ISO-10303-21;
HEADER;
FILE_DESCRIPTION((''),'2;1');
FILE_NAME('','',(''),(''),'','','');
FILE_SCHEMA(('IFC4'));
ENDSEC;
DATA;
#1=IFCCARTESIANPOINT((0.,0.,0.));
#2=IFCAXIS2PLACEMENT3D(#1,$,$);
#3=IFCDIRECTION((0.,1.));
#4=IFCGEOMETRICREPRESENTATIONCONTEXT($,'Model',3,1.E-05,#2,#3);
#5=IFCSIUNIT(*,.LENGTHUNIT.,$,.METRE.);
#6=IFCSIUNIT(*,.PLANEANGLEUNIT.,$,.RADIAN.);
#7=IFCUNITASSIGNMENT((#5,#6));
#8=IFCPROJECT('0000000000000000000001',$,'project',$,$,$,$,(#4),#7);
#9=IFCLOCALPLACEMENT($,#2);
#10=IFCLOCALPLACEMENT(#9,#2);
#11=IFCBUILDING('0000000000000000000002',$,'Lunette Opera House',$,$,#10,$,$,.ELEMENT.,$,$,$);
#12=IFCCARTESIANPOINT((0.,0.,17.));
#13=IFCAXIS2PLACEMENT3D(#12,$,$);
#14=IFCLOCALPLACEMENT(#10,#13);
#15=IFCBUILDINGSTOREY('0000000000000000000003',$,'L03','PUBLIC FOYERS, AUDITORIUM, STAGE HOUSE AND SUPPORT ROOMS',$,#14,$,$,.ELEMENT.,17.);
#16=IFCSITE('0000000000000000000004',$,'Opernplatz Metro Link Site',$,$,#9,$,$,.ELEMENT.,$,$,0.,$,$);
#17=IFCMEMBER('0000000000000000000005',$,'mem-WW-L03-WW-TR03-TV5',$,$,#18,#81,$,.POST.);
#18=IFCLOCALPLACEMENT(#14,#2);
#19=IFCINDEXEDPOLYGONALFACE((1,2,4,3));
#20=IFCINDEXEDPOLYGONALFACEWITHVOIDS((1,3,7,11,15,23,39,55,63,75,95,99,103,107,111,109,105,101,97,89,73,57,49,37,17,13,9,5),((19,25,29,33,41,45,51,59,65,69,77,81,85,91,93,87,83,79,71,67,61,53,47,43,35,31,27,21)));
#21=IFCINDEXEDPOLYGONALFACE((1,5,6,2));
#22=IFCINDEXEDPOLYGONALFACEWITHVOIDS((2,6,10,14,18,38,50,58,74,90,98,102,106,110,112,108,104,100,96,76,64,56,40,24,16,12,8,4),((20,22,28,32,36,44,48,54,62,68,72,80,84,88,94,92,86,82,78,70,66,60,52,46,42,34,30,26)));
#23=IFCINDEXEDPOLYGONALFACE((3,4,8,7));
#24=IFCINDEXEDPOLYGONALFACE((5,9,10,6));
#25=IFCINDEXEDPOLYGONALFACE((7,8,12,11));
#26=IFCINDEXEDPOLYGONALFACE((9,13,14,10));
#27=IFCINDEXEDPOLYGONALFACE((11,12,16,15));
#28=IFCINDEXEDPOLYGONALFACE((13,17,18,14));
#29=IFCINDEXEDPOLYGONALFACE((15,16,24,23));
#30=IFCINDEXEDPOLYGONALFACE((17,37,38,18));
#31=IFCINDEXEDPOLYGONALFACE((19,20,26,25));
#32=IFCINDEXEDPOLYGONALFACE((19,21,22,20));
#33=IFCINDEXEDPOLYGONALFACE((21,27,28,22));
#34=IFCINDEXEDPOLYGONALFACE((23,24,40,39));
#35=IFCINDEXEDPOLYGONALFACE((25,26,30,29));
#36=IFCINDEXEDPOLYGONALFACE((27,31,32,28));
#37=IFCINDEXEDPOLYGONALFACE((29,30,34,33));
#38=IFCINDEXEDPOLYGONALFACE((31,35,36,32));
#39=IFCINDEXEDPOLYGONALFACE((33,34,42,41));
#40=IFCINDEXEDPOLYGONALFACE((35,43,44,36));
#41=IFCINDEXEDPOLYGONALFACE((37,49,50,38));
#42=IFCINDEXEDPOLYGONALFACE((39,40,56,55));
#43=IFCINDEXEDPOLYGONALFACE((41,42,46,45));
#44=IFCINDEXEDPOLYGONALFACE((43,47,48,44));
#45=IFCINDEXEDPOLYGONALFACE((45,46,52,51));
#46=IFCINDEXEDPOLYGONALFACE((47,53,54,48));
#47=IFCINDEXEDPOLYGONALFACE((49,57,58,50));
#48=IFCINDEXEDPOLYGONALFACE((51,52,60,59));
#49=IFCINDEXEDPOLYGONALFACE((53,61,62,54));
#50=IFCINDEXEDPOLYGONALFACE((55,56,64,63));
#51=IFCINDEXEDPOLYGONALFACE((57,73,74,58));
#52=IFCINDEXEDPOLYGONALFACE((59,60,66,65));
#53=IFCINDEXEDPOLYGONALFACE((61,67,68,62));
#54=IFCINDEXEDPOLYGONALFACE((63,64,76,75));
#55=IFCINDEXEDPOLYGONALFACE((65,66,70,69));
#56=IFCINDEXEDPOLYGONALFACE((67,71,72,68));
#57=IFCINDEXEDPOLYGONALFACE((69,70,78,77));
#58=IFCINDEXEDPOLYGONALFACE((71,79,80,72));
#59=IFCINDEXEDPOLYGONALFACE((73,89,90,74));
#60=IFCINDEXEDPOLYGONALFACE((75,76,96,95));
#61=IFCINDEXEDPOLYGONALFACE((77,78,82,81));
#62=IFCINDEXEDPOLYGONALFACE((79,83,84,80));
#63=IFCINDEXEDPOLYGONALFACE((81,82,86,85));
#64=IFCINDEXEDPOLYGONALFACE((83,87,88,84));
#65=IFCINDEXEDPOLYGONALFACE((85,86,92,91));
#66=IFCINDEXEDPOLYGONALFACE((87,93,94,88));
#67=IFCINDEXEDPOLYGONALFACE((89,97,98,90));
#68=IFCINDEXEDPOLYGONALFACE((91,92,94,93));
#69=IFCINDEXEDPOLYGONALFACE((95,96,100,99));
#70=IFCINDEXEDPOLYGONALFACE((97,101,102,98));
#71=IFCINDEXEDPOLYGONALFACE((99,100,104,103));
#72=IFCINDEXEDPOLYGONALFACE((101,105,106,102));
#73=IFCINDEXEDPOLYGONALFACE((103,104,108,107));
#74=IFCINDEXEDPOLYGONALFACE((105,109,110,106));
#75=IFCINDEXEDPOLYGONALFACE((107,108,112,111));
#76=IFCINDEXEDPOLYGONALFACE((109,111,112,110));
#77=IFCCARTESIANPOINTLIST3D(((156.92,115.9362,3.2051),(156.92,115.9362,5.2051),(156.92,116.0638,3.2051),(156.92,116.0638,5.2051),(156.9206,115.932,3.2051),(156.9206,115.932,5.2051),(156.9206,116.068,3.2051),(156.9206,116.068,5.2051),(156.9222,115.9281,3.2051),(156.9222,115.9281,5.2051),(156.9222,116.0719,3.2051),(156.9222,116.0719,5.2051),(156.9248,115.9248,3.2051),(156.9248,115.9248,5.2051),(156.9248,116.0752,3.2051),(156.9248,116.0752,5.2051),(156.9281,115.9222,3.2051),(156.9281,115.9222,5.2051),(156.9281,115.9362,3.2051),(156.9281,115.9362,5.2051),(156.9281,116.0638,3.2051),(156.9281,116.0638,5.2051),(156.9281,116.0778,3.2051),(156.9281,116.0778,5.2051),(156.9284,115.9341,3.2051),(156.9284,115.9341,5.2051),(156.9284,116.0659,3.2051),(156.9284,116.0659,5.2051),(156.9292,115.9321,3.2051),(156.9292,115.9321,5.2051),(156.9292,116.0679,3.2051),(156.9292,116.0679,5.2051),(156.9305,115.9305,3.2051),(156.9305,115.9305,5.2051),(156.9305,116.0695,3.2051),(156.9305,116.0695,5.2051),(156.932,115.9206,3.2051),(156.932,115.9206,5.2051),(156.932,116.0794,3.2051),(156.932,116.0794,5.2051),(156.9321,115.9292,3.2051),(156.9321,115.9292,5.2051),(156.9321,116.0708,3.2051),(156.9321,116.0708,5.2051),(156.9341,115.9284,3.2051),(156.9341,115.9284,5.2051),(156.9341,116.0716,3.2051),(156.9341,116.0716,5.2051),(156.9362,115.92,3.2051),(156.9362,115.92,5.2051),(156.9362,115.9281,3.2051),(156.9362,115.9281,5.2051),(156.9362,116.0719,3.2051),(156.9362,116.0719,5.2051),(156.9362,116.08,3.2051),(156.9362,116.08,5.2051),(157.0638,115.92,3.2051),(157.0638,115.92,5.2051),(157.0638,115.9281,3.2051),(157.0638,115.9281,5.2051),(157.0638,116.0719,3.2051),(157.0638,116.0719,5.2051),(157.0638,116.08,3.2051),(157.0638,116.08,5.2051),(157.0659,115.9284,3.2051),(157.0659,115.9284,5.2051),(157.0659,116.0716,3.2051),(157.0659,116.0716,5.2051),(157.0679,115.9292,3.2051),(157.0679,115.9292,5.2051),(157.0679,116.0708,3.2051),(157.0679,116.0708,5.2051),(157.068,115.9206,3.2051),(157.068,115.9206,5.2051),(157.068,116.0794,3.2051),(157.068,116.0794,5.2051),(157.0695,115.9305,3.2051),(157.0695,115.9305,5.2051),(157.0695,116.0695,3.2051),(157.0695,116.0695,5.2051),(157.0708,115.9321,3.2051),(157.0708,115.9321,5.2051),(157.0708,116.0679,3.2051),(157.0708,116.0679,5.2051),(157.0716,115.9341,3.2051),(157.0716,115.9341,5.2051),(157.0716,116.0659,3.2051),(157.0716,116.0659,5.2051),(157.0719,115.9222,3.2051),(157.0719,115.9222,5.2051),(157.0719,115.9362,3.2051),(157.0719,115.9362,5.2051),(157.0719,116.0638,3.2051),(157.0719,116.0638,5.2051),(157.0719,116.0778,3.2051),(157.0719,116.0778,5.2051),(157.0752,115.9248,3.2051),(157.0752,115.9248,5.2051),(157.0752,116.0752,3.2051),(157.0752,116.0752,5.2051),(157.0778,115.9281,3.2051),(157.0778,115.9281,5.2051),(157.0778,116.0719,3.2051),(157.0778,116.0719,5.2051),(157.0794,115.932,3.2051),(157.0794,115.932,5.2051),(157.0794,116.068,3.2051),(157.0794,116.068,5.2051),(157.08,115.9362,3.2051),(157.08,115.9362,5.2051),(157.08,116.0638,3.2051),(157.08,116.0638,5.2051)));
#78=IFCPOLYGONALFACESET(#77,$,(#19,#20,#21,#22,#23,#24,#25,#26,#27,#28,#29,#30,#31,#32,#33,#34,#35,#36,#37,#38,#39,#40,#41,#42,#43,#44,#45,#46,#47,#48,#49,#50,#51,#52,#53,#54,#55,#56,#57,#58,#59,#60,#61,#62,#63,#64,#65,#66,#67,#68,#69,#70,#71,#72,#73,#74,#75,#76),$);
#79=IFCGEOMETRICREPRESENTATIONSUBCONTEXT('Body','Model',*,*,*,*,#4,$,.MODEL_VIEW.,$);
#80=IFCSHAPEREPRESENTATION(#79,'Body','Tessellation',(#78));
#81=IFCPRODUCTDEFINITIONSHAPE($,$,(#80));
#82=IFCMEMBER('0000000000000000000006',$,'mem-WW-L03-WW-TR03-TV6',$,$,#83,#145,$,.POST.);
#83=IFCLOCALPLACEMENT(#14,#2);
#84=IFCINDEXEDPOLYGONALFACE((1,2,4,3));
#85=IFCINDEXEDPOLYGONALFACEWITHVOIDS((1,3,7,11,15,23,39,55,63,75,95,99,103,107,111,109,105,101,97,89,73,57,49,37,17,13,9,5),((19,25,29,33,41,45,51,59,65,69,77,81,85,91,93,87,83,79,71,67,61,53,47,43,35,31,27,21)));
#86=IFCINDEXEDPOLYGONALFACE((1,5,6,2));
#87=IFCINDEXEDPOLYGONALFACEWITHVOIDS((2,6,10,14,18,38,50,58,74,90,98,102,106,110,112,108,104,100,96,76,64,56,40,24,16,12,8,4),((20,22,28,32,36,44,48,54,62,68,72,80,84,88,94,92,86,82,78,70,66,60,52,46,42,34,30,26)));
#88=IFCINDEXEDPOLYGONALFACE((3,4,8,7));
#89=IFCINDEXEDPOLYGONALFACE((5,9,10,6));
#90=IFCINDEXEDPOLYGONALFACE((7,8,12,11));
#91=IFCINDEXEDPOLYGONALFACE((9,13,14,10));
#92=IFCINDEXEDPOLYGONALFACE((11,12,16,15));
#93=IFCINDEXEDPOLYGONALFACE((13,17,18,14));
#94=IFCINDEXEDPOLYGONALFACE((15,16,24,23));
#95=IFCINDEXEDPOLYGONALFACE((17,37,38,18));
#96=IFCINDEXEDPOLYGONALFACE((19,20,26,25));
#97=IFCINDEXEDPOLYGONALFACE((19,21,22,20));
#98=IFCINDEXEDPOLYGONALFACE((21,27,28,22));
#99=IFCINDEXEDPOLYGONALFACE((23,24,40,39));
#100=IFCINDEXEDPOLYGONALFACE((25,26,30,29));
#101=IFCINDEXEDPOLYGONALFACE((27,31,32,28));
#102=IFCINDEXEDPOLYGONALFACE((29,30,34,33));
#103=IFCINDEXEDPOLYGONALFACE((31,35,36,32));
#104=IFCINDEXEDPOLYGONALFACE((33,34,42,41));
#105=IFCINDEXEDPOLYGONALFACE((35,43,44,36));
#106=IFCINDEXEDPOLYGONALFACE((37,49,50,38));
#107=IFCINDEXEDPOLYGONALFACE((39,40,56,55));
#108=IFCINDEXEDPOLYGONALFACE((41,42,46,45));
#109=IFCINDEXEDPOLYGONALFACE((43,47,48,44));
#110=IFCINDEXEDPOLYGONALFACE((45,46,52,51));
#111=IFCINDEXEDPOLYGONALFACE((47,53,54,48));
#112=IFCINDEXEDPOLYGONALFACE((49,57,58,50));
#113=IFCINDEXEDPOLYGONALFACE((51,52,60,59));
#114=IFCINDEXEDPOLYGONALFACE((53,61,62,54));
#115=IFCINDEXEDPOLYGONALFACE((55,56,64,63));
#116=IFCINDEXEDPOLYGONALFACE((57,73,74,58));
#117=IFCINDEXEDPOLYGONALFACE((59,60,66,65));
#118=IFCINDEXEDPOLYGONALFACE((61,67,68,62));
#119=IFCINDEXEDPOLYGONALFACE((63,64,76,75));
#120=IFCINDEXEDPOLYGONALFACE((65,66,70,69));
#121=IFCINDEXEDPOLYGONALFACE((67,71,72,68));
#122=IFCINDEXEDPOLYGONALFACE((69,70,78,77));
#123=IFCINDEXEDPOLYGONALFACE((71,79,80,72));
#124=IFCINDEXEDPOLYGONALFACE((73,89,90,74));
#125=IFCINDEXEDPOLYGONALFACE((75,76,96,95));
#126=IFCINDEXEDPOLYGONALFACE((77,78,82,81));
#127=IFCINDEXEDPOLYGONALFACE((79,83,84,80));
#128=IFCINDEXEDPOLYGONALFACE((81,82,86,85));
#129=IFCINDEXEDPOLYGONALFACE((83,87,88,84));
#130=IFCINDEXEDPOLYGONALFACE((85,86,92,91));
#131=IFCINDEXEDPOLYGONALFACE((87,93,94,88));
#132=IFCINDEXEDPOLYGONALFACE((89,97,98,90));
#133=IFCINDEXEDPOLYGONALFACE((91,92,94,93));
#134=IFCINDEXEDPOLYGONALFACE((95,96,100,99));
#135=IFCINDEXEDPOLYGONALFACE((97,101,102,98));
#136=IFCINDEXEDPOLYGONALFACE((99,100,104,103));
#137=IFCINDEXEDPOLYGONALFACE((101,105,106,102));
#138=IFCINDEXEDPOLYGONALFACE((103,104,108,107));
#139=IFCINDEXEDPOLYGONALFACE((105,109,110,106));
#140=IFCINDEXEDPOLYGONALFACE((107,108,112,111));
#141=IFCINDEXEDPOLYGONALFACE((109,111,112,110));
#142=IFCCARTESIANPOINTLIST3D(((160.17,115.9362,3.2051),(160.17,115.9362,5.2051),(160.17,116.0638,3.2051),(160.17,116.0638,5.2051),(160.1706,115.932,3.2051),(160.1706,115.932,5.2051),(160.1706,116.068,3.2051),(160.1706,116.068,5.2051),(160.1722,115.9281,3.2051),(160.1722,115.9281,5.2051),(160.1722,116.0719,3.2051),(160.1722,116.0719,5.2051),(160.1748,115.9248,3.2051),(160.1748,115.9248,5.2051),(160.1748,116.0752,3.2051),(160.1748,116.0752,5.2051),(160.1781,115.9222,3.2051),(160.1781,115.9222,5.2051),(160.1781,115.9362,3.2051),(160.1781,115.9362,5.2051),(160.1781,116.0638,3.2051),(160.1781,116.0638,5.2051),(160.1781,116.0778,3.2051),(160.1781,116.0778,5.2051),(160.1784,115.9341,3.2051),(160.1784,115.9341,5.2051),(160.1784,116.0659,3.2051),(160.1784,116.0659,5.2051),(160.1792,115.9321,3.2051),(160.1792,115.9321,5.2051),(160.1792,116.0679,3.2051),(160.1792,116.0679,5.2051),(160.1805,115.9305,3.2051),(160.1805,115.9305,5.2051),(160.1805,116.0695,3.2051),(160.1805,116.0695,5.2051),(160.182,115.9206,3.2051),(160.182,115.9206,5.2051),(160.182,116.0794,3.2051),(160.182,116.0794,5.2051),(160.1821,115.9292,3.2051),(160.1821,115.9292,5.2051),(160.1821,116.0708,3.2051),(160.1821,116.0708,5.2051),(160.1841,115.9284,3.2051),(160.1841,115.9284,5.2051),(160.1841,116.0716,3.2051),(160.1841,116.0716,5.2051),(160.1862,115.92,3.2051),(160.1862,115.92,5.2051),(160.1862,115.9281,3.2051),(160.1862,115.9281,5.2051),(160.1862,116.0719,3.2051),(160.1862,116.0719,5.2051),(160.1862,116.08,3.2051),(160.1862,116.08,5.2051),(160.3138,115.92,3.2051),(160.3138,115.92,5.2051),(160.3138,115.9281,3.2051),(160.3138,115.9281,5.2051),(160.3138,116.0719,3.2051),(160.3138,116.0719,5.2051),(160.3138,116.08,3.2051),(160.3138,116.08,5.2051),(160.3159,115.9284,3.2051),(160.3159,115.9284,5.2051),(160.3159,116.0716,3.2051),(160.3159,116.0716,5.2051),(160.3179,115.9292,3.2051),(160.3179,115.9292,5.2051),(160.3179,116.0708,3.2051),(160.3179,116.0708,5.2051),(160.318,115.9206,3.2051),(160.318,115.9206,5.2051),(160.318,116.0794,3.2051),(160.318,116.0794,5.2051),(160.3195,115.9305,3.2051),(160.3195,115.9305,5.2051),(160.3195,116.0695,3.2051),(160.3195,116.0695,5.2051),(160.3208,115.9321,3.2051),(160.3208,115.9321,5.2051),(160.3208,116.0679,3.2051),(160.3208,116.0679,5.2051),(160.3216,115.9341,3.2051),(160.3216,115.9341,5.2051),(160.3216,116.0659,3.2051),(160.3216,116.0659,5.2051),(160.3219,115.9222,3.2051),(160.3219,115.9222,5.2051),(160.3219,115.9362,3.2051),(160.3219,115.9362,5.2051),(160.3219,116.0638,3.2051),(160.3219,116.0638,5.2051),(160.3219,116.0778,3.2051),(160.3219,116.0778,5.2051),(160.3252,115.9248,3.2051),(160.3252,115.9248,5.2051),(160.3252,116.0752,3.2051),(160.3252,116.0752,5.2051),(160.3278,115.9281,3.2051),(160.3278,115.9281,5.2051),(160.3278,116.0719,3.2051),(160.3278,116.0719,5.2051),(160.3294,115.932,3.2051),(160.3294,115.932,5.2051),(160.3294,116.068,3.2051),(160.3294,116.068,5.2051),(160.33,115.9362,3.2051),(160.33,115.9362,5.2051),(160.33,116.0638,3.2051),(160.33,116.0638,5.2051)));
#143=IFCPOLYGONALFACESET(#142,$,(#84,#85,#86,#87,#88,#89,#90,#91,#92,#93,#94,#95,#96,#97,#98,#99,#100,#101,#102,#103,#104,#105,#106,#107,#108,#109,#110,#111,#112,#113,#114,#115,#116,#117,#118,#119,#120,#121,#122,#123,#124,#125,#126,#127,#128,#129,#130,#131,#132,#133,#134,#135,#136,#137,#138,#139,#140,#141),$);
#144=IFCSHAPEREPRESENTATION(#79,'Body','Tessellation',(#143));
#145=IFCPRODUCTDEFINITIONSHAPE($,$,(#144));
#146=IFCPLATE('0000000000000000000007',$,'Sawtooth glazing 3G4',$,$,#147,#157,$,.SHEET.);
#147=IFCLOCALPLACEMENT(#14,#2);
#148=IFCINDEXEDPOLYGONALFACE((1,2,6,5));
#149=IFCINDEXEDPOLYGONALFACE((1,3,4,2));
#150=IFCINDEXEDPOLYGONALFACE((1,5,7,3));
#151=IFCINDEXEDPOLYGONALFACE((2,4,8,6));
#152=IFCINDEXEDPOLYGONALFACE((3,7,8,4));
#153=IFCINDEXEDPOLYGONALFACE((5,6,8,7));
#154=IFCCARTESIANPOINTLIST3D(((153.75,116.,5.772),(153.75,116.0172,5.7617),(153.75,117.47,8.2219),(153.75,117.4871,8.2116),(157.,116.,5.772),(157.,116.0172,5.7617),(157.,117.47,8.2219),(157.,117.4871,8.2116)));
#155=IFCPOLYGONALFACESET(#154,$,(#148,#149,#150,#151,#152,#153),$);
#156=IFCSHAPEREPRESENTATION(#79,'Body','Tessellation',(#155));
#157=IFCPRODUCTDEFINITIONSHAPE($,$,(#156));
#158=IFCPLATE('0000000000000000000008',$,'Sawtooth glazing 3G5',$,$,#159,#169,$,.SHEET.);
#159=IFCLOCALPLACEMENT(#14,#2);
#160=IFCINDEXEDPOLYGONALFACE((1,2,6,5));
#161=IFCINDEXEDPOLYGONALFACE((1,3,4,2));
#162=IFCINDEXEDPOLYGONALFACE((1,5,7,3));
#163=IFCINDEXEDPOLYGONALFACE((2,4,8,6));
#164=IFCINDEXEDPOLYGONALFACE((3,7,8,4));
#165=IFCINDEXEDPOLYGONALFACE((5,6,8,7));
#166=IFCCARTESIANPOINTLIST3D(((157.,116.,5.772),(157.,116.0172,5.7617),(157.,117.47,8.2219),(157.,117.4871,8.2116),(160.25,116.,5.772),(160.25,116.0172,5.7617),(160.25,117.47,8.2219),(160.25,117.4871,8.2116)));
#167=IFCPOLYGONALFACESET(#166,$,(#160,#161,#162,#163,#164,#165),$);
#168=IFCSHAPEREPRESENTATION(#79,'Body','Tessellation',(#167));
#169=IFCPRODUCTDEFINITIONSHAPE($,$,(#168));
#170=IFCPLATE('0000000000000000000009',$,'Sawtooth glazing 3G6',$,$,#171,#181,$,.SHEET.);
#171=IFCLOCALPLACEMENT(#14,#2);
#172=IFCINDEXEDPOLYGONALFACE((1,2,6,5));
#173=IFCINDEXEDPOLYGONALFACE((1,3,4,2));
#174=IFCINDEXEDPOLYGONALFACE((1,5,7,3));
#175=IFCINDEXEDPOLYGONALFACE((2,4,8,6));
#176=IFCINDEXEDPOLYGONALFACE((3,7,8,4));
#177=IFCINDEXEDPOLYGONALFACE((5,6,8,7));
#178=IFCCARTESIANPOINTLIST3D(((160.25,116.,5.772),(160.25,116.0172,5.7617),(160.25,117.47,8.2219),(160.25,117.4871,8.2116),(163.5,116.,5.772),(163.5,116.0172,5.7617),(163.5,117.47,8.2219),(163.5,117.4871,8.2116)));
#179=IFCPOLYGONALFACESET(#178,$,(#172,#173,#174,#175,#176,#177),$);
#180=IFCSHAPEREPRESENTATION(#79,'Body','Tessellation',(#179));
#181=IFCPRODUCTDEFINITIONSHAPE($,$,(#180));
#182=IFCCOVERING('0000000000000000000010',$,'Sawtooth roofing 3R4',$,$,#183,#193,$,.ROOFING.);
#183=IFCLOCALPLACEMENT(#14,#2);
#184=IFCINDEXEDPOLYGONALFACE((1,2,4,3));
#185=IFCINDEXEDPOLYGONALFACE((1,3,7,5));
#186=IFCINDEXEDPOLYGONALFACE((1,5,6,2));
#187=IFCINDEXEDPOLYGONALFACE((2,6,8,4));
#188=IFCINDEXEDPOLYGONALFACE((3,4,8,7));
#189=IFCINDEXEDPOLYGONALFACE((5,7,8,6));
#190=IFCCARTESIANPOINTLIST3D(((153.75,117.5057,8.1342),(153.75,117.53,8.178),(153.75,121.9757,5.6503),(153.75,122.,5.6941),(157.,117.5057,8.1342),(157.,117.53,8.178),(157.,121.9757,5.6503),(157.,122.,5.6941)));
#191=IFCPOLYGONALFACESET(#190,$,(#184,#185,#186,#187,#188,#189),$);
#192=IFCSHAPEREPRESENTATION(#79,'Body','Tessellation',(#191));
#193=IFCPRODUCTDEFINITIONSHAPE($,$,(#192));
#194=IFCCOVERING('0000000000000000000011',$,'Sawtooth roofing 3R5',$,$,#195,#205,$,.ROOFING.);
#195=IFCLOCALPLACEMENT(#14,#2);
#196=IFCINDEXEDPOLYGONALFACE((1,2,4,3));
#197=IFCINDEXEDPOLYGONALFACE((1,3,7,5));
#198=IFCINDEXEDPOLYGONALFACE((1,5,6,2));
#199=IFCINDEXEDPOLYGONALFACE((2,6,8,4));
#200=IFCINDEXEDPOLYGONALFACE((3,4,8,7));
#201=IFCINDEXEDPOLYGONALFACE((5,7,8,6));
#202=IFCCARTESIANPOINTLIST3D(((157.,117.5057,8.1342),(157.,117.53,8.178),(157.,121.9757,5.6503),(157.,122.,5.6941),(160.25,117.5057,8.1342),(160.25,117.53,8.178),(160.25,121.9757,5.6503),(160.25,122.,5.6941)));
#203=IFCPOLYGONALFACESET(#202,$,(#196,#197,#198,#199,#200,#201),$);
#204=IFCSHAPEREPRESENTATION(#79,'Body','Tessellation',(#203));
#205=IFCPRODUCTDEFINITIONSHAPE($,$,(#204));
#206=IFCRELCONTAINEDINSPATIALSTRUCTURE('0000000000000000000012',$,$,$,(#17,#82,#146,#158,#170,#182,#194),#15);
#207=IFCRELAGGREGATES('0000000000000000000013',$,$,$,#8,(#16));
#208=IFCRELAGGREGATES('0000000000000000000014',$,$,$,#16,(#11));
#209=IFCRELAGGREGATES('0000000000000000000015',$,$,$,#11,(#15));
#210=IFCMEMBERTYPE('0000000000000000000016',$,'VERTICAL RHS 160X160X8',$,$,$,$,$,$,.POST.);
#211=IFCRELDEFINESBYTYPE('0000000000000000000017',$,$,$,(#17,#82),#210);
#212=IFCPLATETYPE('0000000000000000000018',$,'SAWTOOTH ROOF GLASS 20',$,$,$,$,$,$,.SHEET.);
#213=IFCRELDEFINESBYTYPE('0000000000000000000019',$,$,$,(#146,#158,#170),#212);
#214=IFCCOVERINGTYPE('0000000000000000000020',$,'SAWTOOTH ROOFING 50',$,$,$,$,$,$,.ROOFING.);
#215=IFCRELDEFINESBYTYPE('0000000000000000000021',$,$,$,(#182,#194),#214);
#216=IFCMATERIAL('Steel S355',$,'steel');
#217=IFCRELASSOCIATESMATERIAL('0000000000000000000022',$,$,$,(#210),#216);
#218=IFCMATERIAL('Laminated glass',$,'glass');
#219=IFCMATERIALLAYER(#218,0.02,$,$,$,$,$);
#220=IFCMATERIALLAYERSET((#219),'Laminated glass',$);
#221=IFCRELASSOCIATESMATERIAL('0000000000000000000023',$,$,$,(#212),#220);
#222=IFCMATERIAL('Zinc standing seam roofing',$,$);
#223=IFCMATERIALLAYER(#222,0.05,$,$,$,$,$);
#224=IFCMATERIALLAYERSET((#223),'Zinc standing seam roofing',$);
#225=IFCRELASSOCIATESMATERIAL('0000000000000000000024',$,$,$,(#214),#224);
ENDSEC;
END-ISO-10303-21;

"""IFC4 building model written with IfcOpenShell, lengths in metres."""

from ifc_helpers import new_model, si_unit, direction, frame, origin, origin_2d, place, context, subcontext, project, spatial, polyline, hollow_rectangle, outline, extrude, material, layer, layer_set, material_profile, profile_set, type_object, element, save


model = new_model("IFC4")

# Units and contexts
model_context = context("Model", 3, precision=1e-05, world=origin(), true_north=direction((0.0, 1.0)))
body_context = subcontext(model_context, "Body", "Model", "MODEL_VIEW")
ifc_project = project(units=[si_unit("LENGTHUNIT", "METRE"), si_unit("PLANEANGLEUNIT", "RADIAN")], contexts=[model_context])

# Site, building, storey
site_placement = place(None, origin())
site = spatial("IfcSite", under=ifc_project, at=site_placement, Name="Opernplatz Metro Link Site", CompositionType="ELEMENT", RefElevation=0.0)
building_placement = place(site_placement, origin())
building = spatial("IfcBuilding", under=site, at=building_placement, Name="Lunette Opera House", CompositionType="ELEMENT")
storey_placement = place(building_placement, frame((0.0, 0.0, 17.0)))
storey = spatial("IfcBuildingStorey", under=building, at=storey_placement, Name="L03", Description="PUBLIC FOYERS, AUDITORIUM, STAGE HOUSE AND SUPPORT ROOMS", CompositionType="ELEMENT", Elevation=17.0)

# Members
ifc_material_1 = material(Name="Steel S355", Category="steel")
ifc_material_profile_1 = material_profile(ifc_material_1, hollow_rectangle(XDim=0.1599, YDim=0.1599, WallThickness=0.0081, InnerFilletRadius=0.0081, OuterFilletRadius=0.0161, at=origin_2d()), Name="RHS 160X160X8")
ifc_profile_set_1 = profile_set([ifc_material_profile_1], Name="Steel S355")
member_type_1 = type_object("IfcMemberType", Name="VERTICAL RHS 160X160X8", PredefinedType="POST", material=ifc_profile_set_1)
for number, where, z_axis, x_axis, name in (
    (1, (157.0, 116.0, 3.2051), (0.0, 0.0, 1.0), (1.0, 0.0, 0.0), "mem-WW-L03-WW-TR03-TV5"),
    (2, (160.25, 116.0, 3.2051), (0.0, 0.0, 1.0), (1.0, 0.0, 0.0), "mem-WW-L03-WW-TR03-TV6"),
):
    element("IfcMember", number, at=place(storey_placement, frame(where, z_axis=z_axis, x_axis=x_axis)), inside=storey, type_object=member_type_1, Name=name, PredefinedType="POST", context=body_context, shape_type="SweptSolid", body=[
        extrude(hollow_rectangle(XDim=0.1599, YDim=0.1599, WallThickness=0.0081, InnerFilletRadius=0.0081, OuterFilletRadius=0.0161, at=origin_2d()), origin(), (0.0, 0.0, 1.0), 2.0),
    ])

# Plates
ifc_material_2 = material(Name="Laminated glass", Category="glass")
ifc_layer_1 = layer(ifc_material_2, 0.02)
ifc_layer_set_1 = layer_set([ifc_layer_1], Name="Laminated glass")
plate_type = type_object("IfcPlateType", Name="SAWTOOTH ROOF GLASS 20", PredefinedType="SHEET", material=ifc_layer_set_1)
for number, where, z_axis, x_axis, name in (
    (3, (153.75, 116.0, 5.772), (0.0, -0.857493, 0.514496), (1.0, 0.0, 0.0), "Sawtooth glazing 3G4"),
    (4, (157.0, 116.0, 5.772), (0.0, -0.857493, 0.514496), (1.0, 0.0, 0.0), "Sawtooth glazing 3G5"),
    (5, (160.25, 116.0, 5.772), (0.0, -0.857493, 0.514496), (1.0, 0.0, 0.0), "Sawtooth glazing 3G6"),
):
    element("IfcPlate", number, at=place(storey_placement, frame(where, z_axis=z_axis, x_axis=x_axis)), inside=storey, type_object=plate_type, Name=name, PredefinedType="SHEET", context=body_context, shape_type="SweptSolid", body=[
        extrude(outline(polyline([(0.0, 0.0), (3.25, 0.0), (3.25, 2.8571), (0.0, 2.8571), (0.0, 0.0)])), origin(), (0.0, 0.0, -1.0), 0.02),
    ])

# Coverings
ifc_material_3 = material(Name="Zinc standing seam roofing")
ifc_layer_2 = layer(ifc_material_3, 0.05)
ifc_layer_set_2 = layer_set([ifc_layer_2], Name="Zinc standing seam roofing")
covering_type = type_object("IfcCoveringType", Name="SAWTOOTH ROOFING 50", PredefinedType="ROOFING", material=ifc_layer_set_2)
for number, where, z_axis, x_axis, name in (
    (6, (153.75, 117.53, 8.178), (0.0, 0.485728, 0.87411), (1.0, 0.0, 0.0), "Sawtooth roofing 3R4"),
    (7, (157.0, 117.53, 8.178), (0.0, 0.485728, 0.87411), (1.0, 0.0, 0.0), "Sawtooth roofing 3R5"),
):
    element("IfcCovering", number, at=place(storey_placement, frame(where, z_axis=z_axis, x_axis=x_axis)), inside=storey, type_object=covering_type, Name=name, PredefinedType="ROOFING", context=body_context, shape_type="SweptSolid", body=[
        extrude(outline(polyline([(0.0, 0.0), (3.25, 0.0), (3.25, 5.1137), (0.0, 5.1137), (0.0, 0.0)])), origin(), (0.0, 0.0, -1.0), 0.05),
    ])

save(model, "model.ifc")
